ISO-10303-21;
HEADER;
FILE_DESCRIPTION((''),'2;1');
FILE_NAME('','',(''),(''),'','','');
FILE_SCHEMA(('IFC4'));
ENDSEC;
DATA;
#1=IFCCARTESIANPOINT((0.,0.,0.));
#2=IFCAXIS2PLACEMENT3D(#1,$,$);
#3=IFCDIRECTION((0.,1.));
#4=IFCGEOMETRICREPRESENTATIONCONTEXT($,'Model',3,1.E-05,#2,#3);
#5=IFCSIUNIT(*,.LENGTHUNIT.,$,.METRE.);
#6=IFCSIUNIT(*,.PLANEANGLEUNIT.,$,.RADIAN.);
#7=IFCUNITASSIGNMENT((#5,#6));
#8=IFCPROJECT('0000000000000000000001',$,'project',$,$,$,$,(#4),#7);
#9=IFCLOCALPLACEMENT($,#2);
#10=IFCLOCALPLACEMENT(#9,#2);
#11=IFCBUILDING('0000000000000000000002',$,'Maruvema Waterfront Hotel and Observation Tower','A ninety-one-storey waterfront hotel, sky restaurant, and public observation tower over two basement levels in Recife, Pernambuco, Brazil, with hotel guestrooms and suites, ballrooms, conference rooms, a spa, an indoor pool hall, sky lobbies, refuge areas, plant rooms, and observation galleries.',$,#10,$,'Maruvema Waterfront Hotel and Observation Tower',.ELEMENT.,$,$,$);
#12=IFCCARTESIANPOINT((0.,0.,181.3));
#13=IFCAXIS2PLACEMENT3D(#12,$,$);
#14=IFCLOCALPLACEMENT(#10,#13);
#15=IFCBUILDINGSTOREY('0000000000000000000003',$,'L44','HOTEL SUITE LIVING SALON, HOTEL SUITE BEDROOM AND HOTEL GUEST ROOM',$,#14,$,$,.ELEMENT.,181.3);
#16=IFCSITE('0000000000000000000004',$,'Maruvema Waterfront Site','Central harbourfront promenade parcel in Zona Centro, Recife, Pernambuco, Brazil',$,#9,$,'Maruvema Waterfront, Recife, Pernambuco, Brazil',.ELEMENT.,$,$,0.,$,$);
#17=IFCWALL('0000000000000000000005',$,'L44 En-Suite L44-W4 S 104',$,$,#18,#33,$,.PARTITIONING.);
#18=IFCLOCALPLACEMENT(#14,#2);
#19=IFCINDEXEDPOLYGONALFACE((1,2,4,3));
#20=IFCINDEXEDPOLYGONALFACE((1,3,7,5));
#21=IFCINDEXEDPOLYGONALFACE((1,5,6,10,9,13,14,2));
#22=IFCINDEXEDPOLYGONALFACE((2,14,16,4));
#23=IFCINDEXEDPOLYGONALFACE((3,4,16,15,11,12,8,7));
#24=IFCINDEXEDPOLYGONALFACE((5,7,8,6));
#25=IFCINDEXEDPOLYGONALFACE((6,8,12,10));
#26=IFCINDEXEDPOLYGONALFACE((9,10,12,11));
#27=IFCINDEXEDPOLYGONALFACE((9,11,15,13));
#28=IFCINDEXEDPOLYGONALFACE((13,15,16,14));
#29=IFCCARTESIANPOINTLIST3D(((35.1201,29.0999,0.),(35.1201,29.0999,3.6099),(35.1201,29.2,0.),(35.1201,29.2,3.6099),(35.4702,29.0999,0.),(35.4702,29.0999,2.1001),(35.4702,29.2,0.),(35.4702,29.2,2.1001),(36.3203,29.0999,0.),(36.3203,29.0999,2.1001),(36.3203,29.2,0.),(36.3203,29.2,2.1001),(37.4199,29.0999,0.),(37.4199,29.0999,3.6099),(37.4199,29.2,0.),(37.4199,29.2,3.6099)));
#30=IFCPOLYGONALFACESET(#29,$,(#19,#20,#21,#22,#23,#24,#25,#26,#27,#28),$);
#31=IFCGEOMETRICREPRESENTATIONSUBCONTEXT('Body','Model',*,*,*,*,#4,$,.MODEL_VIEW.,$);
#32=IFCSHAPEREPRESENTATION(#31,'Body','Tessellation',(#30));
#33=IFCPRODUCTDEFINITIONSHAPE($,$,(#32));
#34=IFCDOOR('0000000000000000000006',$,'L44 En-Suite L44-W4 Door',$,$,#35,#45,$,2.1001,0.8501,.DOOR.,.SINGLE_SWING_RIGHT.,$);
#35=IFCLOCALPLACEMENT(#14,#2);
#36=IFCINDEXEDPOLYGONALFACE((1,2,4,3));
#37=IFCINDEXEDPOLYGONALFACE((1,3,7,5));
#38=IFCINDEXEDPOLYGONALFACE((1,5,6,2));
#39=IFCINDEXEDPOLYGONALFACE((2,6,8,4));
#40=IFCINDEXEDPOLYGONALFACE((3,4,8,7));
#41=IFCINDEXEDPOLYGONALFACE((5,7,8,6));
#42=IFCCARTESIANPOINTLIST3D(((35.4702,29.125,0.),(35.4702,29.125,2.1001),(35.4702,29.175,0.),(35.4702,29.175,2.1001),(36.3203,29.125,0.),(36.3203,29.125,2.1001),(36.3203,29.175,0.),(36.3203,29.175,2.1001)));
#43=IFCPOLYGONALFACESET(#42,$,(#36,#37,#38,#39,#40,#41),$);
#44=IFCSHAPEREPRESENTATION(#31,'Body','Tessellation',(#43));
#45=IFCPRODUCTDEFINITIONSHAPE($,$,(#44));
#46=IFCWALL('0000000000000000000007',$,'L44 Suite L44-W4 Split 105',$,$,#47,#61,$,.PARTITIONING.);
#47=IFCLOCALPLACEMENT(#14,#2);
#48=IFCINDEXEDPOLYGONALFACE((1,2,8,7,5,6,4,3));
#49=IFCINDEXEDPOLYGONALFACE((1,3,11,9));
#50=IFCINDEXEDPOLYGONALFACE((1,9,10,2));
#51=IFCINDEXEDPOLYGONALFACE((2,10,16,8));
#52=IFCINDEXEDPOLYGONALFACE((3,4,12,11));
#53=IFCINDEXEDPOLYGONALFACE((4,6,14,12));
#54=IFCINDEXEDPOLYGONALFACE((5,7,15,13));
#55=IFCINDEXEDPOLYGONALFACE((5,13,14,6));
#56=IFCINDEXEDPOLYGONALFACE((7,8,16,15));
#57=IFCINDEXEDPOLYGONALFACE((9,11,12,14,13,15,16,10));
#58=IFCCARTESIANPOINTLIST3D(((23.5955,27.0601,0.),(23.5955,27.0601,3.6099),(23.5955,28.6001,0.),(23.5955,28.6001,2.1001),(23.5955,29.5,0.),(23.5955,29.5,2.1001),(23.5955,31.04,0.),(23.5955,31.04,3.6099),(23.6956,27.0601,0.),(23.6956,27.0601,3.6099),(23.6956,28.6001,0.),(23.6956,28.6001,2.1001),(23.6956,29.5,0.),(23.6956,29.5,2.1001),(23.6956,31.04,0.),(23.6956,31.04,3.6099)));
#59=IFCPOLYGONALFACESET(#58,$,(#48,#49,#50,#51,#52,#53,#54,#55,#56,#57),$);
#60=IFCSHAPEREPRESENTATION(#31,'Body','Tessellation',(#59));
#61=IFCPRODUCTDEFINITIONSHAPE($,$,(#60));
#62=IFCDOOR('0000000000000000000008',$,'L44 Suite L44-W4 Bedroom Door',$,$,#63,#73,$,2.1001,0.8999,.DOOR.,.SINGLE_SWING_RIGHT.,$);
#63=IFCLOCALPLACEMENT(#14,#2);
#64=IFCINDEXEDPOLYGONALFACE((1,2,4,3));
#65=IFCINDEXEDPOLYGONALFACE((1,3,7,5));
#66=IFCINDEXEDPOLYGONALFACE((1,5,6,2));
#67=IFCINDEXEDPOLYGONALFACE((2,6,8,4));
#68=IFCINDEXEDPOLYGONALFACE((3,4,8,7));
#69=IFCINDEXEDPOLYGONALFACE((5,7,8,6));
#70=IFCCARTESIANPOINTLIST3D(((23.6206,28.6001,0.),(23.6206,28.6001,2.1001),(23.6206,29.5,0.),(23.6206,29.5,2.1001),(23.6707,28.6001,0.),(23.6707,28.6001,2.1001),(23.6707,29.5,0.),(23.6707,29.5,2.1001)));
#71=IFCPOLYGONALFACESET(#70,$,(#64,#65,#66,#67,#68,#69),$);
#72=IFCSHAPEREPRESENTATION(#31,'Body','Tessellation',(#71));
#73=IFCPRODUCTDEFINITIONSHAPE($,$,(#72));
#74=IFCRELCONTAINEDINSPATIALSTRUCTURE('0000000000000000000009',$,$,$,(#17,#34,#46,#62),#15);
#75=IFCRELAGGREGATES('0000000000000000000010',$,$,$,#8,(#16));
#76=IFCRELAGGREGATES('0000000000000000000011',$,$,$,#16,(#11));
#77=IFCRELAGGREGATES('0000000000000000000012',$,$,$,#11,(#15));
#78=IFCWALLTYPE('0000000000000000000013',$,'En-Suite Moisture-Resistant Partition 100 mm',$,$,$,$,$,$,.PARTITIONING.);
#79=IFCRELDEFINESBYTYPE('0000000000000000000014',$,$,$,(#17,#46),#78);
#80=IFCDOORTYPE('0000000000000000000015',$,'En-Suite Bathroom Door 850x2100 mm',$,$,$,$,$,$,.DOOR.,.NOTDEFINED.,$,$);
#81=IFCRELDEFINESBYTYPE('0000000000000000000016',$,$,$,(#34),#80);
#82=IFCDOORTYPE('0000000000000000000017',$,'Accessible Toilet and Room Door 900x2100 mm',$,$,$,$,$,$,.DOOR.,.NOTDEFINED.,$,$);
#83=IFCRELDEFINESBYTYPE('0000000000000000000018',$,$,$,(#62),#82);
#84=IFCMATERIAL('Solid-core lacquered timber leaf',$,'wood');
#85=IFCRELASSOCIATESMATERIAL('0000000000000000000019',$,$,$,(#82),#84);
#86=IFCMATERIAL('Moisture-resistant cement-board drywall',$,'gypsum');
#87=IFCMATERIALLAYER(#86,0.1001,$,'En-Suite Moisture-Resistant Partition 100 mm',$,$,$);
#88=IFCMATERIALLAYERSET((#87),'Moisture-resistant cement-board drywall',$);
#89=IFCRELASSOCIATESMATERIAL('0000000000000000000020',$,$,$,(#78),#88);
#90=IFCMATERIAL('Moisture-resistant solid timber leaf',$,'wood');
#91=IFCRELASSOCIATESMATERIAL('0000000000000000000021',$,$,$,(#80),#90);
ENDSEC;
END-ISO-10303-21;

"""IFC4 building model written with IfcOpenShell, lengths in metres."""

from ifc_helpers import new_model, si_unit, direction, frame, frame_2d, origin, place, context, subcontext, project, spatial, rectangle, extrude, material, layer, layer_set, type_object, element, fill, save


model = new_model("IFC4")

# Units and contexts
model_context = context("Model", 3, precision=1e-05, world=origin(), true_north=direction((0.0, 1.0)))
body_context = subcontext(model_context, "Body", "Model", "MODEL_VIEW")
ifc_project = project(units=[si_unit("LENGTHUNIT", "METRE"), si_unit("PLANEANGLEUNIT", "RADIAN")], contexts=[model_context])

# Site, building, storey
site_placement = place(None, origin())
site = spatial("IfcSite", under=ifc_project, at=site_placement, Name="Maruvema Waterfront Site", Description="Central harbourfront promenade parcel in Zona Centro, Recife, Pernambuco, Brazil", LongName="Maruvema Waterfront, Recife, Pernambuco, Brazil", CompositionType="ELEMENT", RefElevation=0.0)
building_placement = place(site_placement, origin())
building = spatial("IfcBuilding", under=site, at=building_placement, Name="Maruvema Waterfront Hotel and Observation Tower", Description="A ninety-one-storey waterfront hotel, sky restaurant, and public observation tower over two basement levels in Recife, Pernambuco, Brazil, with hotel guestrooms and suites, ballrooms, conference rooms, a spa, an indoor pool hall, sky lobbies, refuge areas, plant rooms, and observation galleries.", LongName="Maruvema Waterfront Hotel and Observation Tower", CompositionType="ELEMENT")
storey_placement = place(building_placement, frame((0.0, 0.0, 181.3)))
storey = spatial("IfcBuildingStorey", under=building, at=storey_placement, Name="L44", Description="HOTEL SUITE LIVING SALON, HOTEL SUITE BEDROOM AND HOTEL GUEST ROOM", CompositionType="ELEMENT", Elevation=181.3)

# Shared definitions
ifc_material_1 = material(Name="Solid-core lacquered timber leaf", Category="wood")
door_type_1 = type_object("IfcDoorType", Name="Accessible Toilet and Room Door 900x2100 mm", OperationType="NOTDEFINED", PredefinedType="DOOR", material=ifc_material_1)

# Shared definitions
ifc_material_2 = material(Name="Moisture-resistant cement-board drywall", Category="gypsum")
ifc_layer_1 = layer(ifc_material_2, 0.1001, Name="En-Suite Moisture-Resistant Partition 100 mm")
ifc_layer_set_1 = layer_set([ifc_layer_1], Name="Moisture-resistant cement-board drywall")
wall_type_1 = type_object("IfcWallType", Name="En-Suite Moisture-Resistant Partition 100 mm", PredefinedType="PARTITIONING", material=ifc_layer_set_1)

# Shared definitions
ifc_material_3 = material(Name="Moisture-resistant solid timber leaf", Category="wood")
door_type_2 = type_object("IfcDoorType", Name="En-Suite Bathroom Door 850x2100 mm", OperationType="NOTDEFINED", PredefinedType="DOOR", material=ifc_material_3)

# Walls, openings, doors
wall_1_placement = place(storey_placement, frame((35.1201, 29.1499, 0.0), z_axis=(0.0, 0.0, 1.0), x_axis=(1.0, 0.0, 0.0)))
wall_1 = element("IfcWall", 1, at=wall_1_placement, inside=storey, type_object=wall_type_1, Name="L44 En-Suite L44-W4 S 104", PredefinedType="PARTITIONING", context=body_context, shape_type="SweptSolid", body=[
    extrude(rectangle(XDim=2.2998, YDim=0.1001, at=frame_2d((1.1499, 0.0))), origin(), (0.0, 0.0, 1.0), 3.6099),
])
opening_1_placement = place(wall_1_placement, frame((0.3501, 0.0, 0.0)))
opening_1 = element("IfcOpeningElement", 2, at=opening_1_placement, cuts=wall_1, PredefinedType="OPENING", context=body_context, shape_type="SweptSolid", body=[
    extrude(rectangle(XDim=0.8501, YDim=2.1001, at=frame_2d((0.425, 1.05))), frame((0.0, 0.0601, 0.0), z_axis=(0.0, -1.0, 0.0), x_axis=(1.0, 0.0, 0.0)), (0.0, 0.0, 1.0), 0.1201),
])
door_1_placement = place(opening_1_placement, frame((0.8501, 0.0, 0.0), z_axis=(0.0, 0.0, 1.0), x_axis=(-1.0, 0.0, 0.0)))
door_1 = element("IfcDoor", 3, at=door_1_placement, inside=storey, type_object=door_type_2, Name="L44 En-Suite L44-W4 Door", OperationType="SINGLE_SWING_RIGHT", OverallHeight=2.1001, OverallWidth=0.8501, PredefinedType="DOOR", context=body_context, shape_type="SweptSolid", body=[
    extrude(rectangle(XDim=0.8501, YDim=2.1001, at=frame_2d((0.425, 1.05))), frame((0.0, 0.0249, 0.0), z_axis=(0.0, -1.0, 0.0), x_axis=(1.0, 0.0, 0.0)), (0.0, 0.0, 1.0), 0.05),
])
fill(opening_1, door_1)
wall_2_placement = place(storey_placement, frame((23.6455, 27.0601, 0.0), z_axis=(0.0, 0.0, 1.0), x_axis=(0.0, 1.0, 0.0)))
wall_2 = element("IfcWall", 4, at=wall_2_placement, inside=storey, type_object=wall_type_1, Name="L44 Suite L44-W4 Split 105", PredefinedType="PARTITIONING", context=body_context, shape_type="SweptSolid", body=[
    extrude(rectangle(XDim=3.98, YDim=0.1001, at=frame_2d((1.99, 0.0))), origin(), (0.0, 0.0, 1.0), 3.6099),
])
opening_2_placement = place(wall_2_placement, frame((1.54, 0.0, 0.0)))
opening_2 = element("IfcOpeningElement", 5, at=opening_2_placement, cuts=wall_2, PredefinedType="OPENING", context=body_context, shape_type="SweptSolid", body=[
    extrude(rectangle(XDim=0.8999, YDim=2.1001, at=frame_2d((0.45, 1.05))), frame((0.0, 0.0601, 0.0), z_axis=(0.0, -1.0, 0.0), x_axis=(1.0, 0.0, 0.0)), (0.0, 0.0, 1.0), 0.1201),
])
door_2_placement = place(opening_2_placement, origin())
door_2 = element("IfcDoor", 6, at=door_2_placement, inside=storey, type_object=door_type_1, Name="L44 Suite L44-W4 Bedroom Door", OperationType="SINGLE_SWING_RIGHT", OverallHeight=2.1001, OverallWidth=0.8999, PredefinedType="DOOR", context=body_context, shape_type="SweptSolid", body=[
    extrude(rectangle(XDim=0.8999, YDim=2.1001, at=frame_2d((0.45, 1.05))), frame((0.0, 0.0249, 0.0), z_axis=(0.0, -1.0, 0.0), x_axis=(1.0, 0.0, 0.0)), (0.0, 0.0, 1.0), 0.05),
])
fill(opening_2, door_2)

save(model, "model.ifc")
